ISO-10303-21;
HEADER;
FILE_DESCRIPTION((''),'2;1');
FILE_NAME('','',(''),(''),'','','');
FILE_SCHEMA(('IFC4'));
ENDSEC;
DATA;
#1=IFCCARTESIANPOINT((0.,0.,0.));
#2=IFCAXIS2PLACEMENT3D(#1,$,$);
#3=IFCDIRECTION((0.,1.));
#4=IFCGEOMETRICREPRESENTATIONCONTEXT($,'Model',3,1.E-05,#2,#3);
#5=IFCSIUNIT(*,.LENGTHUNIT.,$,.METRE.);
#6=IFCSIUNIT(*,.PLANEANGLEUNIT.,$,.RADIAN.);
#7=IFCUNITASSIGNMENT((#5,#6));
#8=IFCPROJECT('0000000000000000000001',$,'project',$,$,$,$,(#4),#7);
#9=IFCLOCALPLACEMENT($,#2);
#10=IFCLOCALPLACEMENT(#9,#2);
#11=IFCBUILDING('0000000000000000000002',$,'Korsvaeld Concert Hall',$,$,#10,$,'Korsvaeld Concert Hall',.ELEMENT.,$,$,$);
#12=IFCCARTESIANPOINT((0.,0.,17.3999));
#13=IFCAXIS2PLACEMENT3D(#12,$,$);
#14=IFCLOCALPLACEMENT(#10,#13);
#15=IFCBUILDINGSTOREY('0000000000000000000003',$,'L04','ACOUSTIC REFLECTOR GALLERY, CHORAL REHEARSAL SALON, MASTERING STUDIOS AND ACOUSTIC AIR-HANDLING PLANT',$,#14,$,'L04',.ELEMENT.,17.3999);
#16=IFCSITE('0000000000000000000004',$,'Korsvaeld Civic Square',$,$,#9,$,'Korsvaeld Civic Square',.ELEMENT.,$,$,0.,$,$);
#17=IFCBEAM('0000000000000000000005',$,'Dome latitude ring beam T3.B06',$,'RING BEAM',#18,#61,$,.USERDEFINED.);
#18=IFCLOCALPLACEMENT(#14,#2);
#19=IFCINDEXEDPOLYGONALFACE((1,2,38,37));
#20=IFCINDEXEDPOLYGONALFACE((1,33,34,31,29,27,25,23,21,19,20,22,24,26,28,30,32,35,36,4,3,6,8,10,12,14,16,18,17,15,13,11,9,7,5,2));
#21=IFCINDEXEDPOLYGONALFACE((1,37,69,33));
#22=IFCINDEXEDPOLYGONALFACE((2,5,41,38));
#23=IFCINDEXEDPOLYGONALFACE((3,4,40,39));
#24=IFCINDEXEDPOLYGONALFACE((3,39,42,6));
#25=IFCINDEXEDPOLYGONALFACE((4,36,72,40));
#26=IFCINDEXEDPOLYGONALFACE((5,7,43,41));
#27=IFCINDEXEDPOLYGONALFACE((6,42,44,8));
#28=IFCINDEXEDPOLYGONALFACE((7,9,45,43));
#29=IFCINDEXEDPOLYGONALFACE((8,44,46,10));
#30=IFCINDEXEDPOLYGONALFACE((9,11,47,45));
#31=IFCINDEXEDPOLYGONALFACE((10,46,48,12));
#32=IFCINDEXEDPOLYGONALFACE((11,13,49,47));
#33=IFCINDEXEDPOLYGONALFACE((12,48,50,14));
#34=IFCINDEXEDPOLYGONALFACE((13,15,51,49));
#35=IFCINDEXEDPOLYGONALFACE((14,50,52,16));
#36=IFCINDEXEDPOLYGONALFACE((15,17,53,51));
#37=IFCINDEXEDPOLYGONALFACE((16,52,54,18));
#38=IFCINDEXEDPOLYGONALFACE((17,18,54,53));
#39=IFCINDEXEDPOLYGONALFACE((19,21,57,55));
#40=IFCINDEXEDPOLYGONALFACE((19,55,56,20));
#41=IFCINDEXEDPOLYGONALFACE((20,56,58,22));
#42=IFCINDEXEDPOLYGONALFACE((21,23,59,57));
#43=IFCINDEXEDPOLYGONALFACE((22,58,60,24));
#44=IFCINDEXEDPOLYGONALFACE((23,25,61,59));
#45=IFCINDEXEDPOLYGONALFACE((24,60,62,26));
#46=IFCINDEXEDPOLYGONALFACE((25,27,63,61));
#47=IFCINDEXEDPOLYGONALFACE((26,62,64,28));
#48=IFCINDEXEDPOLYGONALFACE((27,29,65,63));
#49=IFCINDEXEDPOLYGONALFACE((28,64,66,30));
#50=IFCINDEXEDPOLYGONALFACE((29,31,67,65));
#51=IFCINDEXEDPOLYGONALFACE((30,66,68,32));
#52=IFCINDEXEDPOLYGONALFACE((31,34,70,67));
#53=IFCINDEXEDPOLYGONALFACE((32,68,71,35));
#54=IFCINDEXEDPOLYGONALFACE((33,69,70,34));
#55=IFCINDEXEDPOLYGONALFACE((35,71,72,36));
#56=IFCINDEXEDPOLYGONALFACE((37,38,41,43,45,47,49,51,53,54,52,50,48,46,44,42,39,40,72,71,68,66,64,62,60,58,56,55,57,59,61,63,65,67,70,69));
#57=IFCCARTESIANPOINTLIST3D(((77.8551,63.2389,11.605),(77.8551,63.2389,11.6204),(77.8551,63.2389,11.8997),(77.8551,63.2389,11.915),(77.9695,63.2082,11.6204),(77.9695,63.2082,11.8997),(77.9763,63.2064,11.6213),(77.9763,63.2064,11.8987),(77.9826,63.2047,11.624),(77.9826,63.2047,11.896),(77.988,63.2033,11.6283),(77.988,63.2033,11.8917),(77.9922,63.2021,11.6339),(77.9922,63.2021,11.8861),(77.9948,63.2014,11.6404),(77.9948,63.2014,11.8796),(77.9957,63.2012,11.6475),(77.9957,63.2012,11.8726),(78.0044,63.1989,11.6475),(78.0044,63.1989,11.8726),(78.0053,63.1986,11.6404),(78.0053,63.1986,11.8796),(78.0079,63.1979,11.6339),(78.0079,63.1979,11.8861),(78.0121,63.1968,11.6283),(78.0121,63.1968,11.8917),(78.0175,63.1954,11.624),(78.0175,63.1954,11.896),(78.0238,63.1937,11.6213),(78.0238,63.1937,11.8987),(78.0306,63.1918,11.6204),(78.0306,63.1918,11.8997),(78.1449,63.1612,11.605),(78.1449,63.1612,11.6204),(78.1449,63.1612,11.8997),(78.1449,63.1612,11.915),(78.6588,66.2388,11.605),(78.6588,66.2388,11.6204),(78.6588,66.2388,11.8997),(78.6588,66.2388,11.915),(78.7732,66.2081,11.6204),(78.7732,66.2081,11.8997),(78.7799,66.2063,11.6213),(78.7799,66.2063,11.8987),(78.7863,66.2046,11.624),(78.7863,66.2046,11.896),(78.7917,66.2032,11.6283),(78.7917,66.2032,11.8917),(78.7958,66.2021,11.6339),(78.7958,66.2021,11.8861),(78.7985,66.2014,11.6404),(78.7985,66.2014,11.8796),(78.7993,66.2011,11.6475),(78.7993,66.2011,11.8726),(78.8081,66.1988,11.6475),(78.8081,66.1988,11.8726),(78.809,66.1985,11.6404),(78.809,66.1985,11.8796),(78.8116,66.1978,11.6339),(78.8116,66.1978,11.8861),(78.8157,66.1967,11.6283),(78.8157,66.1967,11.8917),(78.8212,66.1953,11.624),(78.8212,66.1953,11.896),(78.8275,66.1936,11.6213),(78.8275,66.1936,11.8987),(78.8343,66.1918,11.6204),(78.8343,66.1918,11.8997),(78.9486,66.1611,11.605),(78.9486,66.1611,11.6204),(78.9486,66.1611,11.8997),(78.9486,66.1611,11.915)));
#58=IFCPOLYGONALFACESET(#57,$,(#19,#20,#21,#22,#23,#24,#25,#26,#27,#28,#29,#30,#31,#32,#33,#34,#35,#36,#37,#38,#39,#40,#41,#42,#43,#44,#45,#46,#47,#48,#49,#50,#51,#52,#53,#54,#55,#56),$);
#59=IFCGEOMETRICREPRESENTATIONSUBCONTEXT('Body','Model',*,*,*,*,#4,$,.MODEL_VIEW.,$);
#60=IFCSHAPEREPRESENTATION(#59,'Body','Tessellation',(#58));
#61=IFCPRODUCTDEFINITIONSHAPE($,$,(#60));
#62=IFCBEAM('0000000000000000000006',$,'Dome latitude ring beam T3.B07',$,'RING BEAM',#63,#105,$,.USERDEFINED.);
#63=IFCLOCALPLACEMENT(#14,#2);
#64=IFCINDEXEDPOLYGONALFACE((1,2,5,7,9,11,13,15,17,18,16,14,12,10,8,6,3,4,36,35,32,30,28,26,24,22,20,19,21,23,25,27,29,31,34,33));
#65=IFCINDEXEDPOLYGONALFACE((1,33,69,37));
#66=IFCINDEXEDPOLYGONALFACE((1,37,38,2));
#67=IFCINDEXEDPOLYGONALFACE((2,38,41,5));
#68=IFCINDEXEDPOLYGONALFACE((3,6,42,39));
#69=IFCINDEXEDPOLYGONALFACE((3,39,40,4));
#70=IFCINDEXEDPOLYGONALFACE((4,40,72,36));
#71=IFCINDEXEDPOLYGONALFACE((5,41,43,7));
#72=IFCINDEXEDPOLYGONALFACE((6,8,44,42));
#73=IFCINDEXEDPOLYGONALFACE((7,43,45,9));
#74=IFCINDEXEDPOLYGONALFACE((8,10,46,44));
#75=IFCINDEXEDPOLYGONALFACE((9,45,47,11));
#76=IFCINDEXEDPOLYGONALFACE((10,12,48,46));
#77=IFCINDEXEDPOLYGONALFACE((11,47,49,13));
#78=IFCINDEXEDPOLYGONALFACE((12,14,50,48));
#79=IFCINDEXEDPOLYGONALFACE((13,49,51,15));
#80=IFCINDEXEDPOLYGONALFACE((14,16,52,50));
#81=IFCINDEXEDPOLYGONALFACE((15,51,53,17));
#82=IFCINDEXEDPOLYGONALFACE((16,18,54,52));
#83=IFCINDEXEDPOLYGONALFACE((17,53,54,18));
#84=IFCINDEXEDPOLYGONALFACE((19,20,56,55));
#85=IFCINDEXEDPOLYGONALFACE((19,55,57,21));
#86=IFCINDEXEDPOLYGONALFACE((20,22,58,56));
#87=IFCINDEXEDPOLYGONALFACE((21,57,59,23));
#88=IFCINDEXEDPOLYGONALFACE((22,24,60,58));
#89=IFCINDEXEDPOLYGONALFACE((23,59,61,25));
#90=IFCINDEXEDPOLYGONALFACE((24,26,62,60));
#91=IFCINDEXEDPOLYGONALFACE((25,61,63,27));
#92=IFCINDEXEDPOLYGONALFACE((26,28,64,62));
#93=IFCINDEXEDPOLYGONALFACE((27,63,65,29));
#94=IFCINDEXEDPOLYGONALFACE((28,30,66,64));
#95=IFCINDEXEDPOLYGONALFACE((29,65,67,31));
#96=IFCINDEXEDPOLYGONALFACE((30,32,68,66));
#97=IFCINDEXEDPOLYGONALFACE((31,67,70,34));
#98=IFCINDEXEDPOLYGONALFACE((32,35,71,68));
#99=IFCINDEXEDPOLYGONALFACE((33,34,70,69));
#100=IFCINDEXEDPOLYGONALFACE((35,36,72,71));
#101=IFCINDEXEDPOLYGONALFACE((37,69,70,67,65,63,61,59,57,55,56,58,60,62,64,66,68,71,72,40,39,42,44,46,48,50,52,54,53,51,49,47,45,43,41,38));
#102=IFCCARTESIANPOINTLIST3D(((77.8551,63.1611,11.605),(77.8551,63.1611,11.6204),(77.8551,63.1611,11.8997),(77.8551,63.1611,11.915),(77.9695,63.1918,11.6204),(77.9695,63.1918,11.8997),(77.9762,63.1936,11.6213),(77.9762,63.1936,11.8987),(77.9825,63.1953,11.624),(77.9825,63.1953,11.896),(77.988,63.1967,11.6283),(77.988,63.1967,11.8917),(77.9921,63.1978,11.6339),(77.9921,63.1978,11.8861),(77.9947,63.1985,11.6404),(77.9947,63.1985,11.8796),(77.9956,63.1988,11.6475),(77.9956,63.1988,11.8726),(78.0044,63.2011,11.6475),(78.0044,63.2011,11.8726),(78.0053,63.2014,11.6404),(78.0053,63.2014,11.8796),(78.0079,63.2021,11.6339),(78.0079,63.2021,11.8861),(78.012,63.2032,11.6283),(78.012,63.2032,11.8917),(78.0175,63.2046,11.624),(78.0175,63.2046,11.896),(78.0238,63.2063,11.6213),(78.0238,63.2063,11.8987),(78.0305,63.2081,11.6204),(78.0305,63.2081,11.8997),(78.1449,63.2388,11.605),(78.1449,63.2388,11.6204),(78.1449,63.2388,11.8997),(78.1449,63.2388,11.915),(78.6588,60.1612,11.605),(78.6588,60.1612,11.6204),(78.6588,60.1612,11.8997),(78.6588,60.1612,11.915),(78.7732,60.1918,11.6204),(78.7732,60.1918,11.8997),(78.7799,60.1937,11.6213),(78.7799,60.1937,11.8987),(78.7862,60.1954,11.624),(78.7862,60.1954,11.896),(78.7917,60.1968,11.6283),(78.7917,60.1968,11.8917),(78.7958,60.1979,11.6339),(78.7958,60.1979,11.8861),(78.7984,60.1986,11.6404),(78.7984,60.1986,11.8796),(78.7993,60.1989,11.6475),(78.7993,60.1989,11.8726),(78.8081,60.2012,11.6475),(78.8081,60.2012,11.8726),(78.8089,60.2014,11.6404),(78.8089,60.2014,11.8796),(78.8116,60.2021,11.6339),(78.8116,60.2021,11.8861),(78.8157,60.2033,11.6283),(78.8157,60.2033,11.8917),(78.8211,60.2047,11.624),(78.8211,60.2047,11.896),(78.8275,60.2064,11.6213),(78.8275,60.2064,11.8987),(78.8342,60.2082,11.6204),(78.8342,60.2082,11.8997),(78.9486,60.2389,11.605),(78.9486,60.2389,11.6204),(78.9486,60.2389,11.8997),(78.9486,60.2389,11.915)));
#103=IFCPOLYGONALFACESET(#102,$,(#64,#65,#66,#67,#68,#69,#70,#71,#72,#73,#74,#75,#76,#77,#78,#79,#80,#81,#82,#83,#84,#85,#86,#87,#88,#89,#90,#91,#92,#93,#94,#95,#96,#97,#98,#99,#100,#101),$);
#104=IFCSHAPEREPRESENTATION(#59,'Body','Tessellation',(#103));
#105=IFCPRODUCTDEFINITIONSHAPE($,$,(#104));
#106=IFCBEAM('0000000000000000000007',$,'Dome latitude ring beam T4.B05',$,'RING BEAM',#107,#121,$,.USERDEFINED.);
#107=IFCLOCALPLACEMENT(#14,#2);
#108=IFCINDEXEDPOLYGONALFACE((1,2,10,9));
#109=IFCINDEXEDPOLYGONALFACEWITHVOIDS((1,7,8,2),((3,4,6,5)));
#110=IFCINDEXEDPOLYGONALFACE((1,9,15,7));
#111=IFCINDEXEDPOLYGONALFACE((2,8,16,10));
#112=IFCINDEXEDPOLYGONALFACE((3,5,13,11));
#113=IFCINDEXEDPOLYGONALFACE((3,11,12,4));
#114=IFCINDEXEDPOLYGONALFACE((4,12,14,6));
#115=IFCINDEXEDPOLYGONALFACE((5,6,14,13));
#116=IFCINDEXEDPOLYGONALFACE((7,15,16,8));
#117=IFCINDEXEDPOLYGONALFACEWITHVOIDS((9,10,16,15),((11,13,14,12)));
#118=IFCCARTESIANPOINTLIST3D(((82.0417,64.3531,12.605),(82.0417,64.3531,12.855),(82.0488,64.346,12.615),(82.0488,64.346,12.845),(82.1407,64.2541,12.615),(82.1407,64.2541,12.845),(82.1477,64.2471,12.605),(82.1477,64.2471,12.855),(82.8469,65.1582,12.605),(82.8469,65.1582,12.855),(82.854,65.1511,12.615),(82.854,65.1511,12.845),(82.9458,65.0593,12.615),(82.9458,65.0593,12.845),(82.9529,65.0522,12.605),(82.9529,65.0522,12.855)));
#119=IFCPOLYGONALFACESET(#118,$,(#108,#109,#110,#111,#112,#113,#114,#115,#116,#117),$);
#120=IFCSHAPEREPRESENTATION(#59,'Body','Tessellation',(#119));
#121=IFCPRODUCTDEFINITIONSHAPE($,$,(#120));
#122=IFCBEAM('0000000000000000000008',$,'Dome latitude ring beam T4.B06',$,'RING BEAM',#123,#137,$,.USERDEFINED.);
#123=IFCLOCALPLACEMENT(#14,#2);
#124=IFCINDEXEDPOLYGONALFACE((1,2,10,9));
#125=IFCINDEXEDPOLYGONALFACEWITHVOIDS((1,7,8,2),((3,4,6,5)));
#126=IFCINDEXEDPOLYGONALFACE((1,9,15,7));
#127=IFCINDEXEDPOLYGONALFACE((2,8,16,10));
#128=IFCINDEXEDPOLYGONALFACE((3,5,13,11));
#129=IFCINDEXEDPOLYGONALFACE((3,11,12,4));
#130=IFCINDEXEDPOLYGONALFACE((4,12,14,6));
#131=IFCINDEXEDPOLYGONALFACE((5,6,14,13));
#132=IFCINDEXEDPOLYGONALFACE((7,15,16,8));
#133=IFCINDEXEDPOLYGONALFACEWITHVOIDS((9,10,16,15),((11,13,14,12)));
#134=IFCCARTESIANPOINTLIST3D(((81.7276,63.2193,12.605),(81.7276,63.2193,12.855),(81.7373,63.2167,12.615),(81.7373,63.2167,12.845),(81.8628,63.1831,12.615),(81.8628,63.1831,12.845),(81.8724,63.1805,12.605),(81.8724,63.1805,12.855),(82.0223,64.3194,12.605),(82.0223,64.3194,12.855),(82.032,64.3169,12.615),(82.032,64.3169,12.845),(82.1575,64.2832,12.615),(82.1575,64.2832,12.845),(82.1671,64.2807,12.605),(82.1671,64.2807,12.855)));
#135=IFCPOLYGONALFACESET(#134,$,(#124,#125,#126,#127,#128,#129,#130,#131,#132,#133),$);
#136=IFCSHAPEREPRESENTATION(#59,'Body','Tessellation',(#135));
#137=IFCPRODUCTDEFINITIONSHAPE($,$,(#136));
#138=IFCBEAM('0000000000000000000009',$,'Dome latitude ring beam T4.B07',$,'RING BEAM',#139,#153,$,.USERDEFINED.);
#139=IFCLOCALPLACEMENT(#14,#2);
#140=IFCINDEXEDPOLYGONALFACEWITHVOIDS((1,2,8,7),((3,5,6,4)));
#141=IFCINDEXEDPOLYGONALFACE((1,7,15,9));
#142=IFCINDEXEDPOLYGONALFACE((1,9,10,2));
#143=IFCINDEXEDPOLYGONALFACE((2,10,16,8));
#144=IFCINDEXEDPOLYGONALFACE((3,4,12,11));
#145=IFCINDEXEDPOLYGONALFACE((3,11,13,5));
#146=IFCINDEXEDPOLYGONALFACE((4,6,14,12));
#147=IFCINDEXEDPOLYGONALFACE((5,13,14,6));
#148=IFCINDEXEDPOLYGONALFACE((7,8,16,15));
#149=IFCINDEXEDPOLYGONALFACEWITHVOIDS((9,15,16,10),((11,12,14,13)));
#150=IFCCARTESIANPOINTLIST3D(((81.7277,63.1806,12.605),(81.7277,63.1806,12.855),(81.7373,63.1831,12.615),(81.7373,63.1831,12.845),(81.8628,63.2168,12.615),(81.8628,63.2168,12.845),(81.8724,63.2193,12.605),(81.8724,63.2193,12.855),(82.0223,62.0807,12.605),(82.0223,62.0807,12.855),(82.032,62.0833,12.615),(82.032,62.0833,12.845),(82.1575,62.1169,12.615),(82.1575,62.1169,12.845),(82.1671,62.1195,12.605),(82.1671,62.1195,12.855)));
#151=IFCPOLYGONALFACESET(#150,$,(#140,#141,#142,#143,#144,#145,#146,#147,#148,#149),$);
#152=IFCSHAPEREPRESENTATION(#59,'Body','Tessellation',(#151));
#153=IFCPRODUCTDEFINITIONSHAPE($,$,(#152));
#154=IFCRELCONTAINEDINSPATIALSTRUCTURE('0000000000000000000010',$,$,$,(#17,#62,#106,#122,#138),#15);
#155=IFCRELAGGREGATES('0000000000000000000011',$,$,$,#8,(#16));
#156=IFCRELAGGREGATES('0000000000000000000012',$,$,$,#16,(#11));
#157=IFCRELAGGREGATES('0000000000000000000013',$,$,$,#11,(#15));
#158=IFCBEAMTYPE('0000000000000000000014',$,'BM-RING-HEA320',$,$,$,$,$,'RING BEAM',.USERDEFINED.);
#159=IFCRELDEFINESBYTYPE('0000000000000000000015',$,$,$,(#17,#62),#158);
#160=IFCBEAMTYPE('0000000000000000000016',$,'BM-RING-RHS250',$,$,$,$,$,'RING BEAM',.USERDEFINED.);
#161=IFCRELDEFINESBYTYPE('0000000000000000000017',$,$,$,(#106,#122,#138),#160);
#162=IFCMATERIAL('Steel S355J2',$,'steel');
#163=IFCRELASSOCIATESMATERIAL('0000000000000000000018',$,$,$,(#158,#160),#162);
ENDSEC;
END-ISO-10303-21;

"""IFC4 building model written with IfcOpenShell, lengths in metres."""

from ifc_helpers import new_model, si_unit, direction, frame, origin, origin_2d, place, context, subcontext, project, spatial, hollow_rectangle, i_section, extrude, material, material_profile, profile_set, type_object, element, save


model = new_model("IFC4")

# Units and contexts
model_context = context("Model", 3, precision=1e-05, world=origin(), true_north=direction((0.0, 1.0)))
body_context = subcontext(model_context, "Body", "Model", "MODEL_VIEW")
ifc_project = project(units=[si_unit("LENGTHUNIT", "METRE"), si_unit("PLANEANGLEUNIT", "RADIAN")], contexts=[model_context])

# Site, building, storey
site_placement = place(None, origin())
site = spatial("IfcSite", under=ifc_project, at=site_placement, Name="Korsvaeld Civic Square", LongName="Korsvaeld Civic Square", CompositionType="ELEMENT", RefElevation=0.0)
building_placement = place(site_placement, origin())
building = spatial("IfcBuilding", under=site, at=building_placement, Name="Korsvaeld Concert Hall", LongName="Korsvaeld Concert Hall", CompositionType="ELEMENT")
storey_placement = place(building_placement, frame((0.0, 0.0, 17.3999)))
storey = spatial("IfcBuildingStorey", under=building, at=storey_placement, Name="L04", Description="ACOUSTIC REFLECTOR GALLERY, CHORAL REHEARSAL SALON, MASTERING STUDIOS AND ACOUSTIC AIR-HANDLING PLANT", LongName="L04", CompositionType="ELEMENT", Elevation=17.3999)

# Beams
ifc_material_1 = material(Name="Steel S355J2", Category="steel")
ifc_material_profile_1 = material_profile(ifc_material_1, i_section(OverallWidth=0.3, OverallDepth=0.3101, WebThickness=0.009, FlangeThickness=0.0154, FilletRadius=0.0271, at=origin_2d()), Name="HEA 320")
ifc_profile_set_1 = profile_set([ifc_material_profile_1], Name="Steel S355J2")
beam_type_1 = type_object("IfcBeamType", Name="BM-RING-HEA320", ElementType="RING BEAM", PredefinedType="USERDEFINED", material=ifc_profile_set_1)
for number, where, z_axis, x_axis, name in (
    (1, (78.8037, 66.2, 11.76), (-0.258778, -0.965937, 0.0), (0.965937, -0.258778, 0.0), "Dome latitude ring beam T3.B06"),
    (2, (78.0, 63.2, 11.76), (0.258778, -0.965937, 0.0), (0.965937, 0.258778, 0.0), "Dome latitude ring beam T3.B07"),
):
    element("IfcBeam", number, at=place(storey_placement, frame(where, z_axis=z_axis, x_axis=x_axis)), inside=storey, type_object=beam_type_1, Name=name, ObjectType="RING BEAM", PredefinedType="USERDEFINED", context=body_context, shape_type="SweptSolid", body=[
        extrude(i_section(OverallWidth=0.3, OverallDepth=0.3101, WebThickness=0.009, FlangeThickness=0.0154, FilletRadius=0.0271, at=origin_2d()), origin(), (0.0, 0.0, 1.0), 3.1057),
    ])
ifc_material_profile_2 = material_profile(ifc_material_1, hollow_rectangle(XDim=0.1499, YDim=0.25, WallThickness=0.01, at=origin_2d()), Name="RHS 250x150x10")
ifc_profile_set_2 = profile_set([ifc_material_profile_2], Name="Steel S355J2")
beam_type_2 = type_object("IfcBeamType", Name="BM-RING-RHS250", ElementType="RING BEAM", PredefinedType="USERDEFINED", material=ifc_profile_set_2)
beam_1_placement = place(storey_placement, frame((82.8999, 65.1052, 12.73), z_axis=(-0.707107, -0.707107, 0.0), x_axis=(0.707107, -0.707107, 0.0)))
element("IfcBeam", 3, at=beam_1_placement, inside=storey, type_object=beam_type_2, Name="Dome latitude ring beam T4.B05", ObjectType="RING BEAM", PredefinedType="USERDEFINED", context=body_context, shape_type="SweptSolid", body=[
    extrude(hollow_rectangle(XDim=0.1499, YDim=0.25, WallThickness=0.01, at=origin_2d()), origin(), (0.0, 0.0, 1.0), 1.1387),
])
beam_2_placement = place(storey_placement, frame((82.0947, 64.3, 12.73), z_axis=(-0.258743, -0.965946, 0.0), x_axis=(0.965946, -0.258743, 0.0)))
element("IfcBeam", 4, at=beam_2_placement, inside=storey, type_object=beam_type_2, Name="Dome latitude ring beam T4.B06", ObjectType="RING BEAM", PredefinedType="USERDEFINED", context=body_context, shape_type="SweptSolid", body=[
    extrude(hollow_rectangle(XDim=0.1499, YDim=0.25, WallThickness=0.01, at=origin_2d()), origin(), (0.0, 0.0, 1.0), 1.1389),
])
beam_3_placement = place(storey_placement, frame((81.8, 63.2, 12.73), z_axis=(0.258797, -0.965932, 0.0), x_axis=(0.965932, 0.258797, 0.0)))
element("IfcBeam", 5, at=beam_3_placement, inside=storey, type_object=beam_type_2, Name="Dome latitude ring beam T4.B07", ObjectType="RING BEAM", PredefinedType="USERDEFINED", context=body_context, shape_type="SweptSolid", body=[
    extrude(hollow_rectangle(XDim=0.1499, YDim=0.25, WallThickness=0.01, at=origin_2d()), origin(), (0.0, 0.0, 1.0), 1.1387),
])

save(model, "model.ifc")
